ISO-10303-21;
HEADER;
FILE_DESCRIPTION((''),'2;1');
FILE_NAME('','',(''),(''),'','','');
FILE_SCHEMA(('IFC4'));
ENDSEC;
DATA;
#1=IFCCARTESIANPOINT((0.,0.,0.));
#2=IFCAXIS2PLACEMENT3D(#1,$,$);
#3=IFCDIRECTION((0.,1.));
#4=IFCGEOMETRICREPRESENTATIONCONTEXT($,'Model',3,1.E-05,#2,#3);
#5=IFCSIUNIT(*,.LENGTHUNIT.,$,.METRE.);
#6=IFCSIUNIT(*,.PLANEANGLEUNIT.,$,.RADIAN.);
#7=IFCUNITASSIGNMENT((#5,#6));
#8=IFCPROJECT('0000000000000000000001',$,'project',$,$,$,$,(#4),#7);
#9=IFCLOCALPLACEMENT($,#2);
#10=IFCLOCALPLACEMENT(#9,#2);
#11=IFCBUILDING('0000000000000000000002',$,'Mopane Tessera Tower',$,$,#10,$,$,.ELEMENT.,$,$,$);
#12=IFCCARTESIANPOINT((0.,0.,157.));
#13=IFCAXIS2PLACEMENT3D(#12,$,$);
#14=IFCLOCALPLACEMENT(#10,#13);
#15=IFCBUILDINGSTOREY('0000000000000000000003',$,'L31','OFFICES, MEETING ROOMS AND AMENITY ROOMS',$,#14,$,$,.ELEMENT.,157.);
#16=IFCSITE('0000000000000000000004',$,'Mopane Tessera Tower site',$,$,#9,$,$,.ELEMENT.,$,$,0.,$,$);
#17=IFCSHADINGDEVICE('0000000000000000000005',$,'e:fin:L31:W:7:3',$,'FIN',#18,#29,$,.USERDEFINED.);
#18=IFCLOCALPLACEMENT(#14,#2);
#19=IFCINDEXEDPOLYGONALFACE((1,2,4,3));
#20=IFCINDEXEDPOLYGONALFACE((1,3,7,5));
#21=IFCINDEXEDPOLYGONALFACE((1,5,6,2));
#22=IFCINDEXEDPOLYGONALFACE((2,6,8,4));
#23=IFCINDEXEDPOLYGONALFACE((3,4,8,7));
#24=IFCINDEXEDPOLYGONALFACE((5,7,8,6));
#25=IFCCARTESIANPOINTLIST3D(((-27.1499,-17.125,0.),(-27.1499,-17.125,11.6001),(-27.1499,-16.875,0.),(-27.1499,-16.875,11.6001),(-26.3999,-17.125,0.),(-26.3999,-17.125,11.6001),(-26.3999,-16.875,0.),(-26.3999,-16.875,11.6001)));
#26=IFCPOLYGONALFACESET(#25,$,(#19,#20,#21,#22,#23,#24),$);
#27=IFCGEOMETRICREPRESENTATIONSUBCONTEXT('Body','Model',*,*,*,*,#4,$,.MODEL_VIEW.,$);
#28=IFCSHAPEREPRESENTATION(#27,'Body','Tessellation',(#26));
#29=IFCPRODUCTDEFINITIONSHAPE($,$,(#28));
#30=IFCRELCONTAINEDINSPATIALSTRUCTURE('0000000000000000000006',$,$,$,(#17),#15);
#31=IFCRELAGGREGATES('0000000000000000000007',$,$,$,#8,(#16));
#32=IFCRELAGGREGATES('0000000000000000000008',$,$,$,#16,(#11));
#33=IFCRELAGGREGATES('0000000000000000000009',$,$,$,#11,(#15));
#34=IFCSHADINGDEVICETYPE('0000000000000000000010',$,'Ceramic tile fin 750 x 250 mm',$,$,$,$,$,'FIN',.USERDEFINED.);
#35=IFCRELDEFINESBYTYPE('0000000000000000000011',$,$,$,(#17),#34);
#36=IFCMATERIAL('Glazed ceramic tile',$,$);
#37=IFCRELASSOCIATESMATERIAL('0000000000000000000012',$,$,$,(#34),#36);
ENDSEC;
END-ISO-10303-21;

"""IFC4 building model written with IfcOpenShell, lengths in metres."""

from ifc_helpers import new_model, si_unit, direction, frame, origin, origin_2d, place, context, subcontext, project, spatial, rectangle, extrude, material, type_object, element, save


model = new_model("IFC4")

# Units and contexts
model_context = context("Model", 3, precision=1e-05, world=origin(), true_north=direction((0.0, 1.0)))
body_context = subcontext(model_context, "Body", "Model", "MODEL_VIEW")
ifc_project = project(units=[si_unit("LENGTHUNIT", "METRE"), si_unit("PLANEANGLEUNIT", "RADIAN")], contexts=[model_context])

# Site, building, storey
site_placement = place(None, origin())
site = spatial("IfcSite", under=ifc_project, at=site_placement, Name="Mopane Tessera Tower site", CompositionType="ELEMENT", RefElevation=0.0)
building_placement = place(site_placement, origin())
building = spatial("IfcBuilding", under=site, at=building_placement, Name="Mopane Tessera Tower", CompositionType="ELEMENT")
storey_placement = place(building_placement, frame((0.0, 0.0, 157.0)))
storey = spatial("IfcBuildingStorey", under=building, at=storey_placement, Name="L31", Description="OFFICES, MEETING ROOMS AND AMENITY ROOMS", CompositionType="ELEMENT", Elevation=157.0)

# Shading device
ifc_material_1 = material(Name="Glazed ceramic tile")
shading_device_type = type_object("IfcShadingDeviceType", Name="Ceramic tile fin 750 x 250 mm", ElementType="FIN", PredefinedType="USERDEFINED", material=ifc_material_1)
for number, where, z_axis, x_axis, name in (
    (1, (-26.7749, -17.0, 0.0), (0.0, 0.0, 1.0), (0.0, -1.0, 0.0), "e:fin:L31:W:7:3"),
):
    element("IfcShadingDevice", number, at=place(storey_placement, frame(where, z_axis=z_axis, x_axis=x_axis)), inside=storey, type_object=shading_device_type, Name=name, ObjectType="FIN", PredefinedType="USERDEFINED", context=body_context, shape_type="SweptSolid", body=[
        extrude(rectangle(XDim=0.25, YDim=0.75, at=origin_2d()), origin(), (0.0, 0.0, 1.0), 11.6001),
    ])

save(model, "model.ifc")
